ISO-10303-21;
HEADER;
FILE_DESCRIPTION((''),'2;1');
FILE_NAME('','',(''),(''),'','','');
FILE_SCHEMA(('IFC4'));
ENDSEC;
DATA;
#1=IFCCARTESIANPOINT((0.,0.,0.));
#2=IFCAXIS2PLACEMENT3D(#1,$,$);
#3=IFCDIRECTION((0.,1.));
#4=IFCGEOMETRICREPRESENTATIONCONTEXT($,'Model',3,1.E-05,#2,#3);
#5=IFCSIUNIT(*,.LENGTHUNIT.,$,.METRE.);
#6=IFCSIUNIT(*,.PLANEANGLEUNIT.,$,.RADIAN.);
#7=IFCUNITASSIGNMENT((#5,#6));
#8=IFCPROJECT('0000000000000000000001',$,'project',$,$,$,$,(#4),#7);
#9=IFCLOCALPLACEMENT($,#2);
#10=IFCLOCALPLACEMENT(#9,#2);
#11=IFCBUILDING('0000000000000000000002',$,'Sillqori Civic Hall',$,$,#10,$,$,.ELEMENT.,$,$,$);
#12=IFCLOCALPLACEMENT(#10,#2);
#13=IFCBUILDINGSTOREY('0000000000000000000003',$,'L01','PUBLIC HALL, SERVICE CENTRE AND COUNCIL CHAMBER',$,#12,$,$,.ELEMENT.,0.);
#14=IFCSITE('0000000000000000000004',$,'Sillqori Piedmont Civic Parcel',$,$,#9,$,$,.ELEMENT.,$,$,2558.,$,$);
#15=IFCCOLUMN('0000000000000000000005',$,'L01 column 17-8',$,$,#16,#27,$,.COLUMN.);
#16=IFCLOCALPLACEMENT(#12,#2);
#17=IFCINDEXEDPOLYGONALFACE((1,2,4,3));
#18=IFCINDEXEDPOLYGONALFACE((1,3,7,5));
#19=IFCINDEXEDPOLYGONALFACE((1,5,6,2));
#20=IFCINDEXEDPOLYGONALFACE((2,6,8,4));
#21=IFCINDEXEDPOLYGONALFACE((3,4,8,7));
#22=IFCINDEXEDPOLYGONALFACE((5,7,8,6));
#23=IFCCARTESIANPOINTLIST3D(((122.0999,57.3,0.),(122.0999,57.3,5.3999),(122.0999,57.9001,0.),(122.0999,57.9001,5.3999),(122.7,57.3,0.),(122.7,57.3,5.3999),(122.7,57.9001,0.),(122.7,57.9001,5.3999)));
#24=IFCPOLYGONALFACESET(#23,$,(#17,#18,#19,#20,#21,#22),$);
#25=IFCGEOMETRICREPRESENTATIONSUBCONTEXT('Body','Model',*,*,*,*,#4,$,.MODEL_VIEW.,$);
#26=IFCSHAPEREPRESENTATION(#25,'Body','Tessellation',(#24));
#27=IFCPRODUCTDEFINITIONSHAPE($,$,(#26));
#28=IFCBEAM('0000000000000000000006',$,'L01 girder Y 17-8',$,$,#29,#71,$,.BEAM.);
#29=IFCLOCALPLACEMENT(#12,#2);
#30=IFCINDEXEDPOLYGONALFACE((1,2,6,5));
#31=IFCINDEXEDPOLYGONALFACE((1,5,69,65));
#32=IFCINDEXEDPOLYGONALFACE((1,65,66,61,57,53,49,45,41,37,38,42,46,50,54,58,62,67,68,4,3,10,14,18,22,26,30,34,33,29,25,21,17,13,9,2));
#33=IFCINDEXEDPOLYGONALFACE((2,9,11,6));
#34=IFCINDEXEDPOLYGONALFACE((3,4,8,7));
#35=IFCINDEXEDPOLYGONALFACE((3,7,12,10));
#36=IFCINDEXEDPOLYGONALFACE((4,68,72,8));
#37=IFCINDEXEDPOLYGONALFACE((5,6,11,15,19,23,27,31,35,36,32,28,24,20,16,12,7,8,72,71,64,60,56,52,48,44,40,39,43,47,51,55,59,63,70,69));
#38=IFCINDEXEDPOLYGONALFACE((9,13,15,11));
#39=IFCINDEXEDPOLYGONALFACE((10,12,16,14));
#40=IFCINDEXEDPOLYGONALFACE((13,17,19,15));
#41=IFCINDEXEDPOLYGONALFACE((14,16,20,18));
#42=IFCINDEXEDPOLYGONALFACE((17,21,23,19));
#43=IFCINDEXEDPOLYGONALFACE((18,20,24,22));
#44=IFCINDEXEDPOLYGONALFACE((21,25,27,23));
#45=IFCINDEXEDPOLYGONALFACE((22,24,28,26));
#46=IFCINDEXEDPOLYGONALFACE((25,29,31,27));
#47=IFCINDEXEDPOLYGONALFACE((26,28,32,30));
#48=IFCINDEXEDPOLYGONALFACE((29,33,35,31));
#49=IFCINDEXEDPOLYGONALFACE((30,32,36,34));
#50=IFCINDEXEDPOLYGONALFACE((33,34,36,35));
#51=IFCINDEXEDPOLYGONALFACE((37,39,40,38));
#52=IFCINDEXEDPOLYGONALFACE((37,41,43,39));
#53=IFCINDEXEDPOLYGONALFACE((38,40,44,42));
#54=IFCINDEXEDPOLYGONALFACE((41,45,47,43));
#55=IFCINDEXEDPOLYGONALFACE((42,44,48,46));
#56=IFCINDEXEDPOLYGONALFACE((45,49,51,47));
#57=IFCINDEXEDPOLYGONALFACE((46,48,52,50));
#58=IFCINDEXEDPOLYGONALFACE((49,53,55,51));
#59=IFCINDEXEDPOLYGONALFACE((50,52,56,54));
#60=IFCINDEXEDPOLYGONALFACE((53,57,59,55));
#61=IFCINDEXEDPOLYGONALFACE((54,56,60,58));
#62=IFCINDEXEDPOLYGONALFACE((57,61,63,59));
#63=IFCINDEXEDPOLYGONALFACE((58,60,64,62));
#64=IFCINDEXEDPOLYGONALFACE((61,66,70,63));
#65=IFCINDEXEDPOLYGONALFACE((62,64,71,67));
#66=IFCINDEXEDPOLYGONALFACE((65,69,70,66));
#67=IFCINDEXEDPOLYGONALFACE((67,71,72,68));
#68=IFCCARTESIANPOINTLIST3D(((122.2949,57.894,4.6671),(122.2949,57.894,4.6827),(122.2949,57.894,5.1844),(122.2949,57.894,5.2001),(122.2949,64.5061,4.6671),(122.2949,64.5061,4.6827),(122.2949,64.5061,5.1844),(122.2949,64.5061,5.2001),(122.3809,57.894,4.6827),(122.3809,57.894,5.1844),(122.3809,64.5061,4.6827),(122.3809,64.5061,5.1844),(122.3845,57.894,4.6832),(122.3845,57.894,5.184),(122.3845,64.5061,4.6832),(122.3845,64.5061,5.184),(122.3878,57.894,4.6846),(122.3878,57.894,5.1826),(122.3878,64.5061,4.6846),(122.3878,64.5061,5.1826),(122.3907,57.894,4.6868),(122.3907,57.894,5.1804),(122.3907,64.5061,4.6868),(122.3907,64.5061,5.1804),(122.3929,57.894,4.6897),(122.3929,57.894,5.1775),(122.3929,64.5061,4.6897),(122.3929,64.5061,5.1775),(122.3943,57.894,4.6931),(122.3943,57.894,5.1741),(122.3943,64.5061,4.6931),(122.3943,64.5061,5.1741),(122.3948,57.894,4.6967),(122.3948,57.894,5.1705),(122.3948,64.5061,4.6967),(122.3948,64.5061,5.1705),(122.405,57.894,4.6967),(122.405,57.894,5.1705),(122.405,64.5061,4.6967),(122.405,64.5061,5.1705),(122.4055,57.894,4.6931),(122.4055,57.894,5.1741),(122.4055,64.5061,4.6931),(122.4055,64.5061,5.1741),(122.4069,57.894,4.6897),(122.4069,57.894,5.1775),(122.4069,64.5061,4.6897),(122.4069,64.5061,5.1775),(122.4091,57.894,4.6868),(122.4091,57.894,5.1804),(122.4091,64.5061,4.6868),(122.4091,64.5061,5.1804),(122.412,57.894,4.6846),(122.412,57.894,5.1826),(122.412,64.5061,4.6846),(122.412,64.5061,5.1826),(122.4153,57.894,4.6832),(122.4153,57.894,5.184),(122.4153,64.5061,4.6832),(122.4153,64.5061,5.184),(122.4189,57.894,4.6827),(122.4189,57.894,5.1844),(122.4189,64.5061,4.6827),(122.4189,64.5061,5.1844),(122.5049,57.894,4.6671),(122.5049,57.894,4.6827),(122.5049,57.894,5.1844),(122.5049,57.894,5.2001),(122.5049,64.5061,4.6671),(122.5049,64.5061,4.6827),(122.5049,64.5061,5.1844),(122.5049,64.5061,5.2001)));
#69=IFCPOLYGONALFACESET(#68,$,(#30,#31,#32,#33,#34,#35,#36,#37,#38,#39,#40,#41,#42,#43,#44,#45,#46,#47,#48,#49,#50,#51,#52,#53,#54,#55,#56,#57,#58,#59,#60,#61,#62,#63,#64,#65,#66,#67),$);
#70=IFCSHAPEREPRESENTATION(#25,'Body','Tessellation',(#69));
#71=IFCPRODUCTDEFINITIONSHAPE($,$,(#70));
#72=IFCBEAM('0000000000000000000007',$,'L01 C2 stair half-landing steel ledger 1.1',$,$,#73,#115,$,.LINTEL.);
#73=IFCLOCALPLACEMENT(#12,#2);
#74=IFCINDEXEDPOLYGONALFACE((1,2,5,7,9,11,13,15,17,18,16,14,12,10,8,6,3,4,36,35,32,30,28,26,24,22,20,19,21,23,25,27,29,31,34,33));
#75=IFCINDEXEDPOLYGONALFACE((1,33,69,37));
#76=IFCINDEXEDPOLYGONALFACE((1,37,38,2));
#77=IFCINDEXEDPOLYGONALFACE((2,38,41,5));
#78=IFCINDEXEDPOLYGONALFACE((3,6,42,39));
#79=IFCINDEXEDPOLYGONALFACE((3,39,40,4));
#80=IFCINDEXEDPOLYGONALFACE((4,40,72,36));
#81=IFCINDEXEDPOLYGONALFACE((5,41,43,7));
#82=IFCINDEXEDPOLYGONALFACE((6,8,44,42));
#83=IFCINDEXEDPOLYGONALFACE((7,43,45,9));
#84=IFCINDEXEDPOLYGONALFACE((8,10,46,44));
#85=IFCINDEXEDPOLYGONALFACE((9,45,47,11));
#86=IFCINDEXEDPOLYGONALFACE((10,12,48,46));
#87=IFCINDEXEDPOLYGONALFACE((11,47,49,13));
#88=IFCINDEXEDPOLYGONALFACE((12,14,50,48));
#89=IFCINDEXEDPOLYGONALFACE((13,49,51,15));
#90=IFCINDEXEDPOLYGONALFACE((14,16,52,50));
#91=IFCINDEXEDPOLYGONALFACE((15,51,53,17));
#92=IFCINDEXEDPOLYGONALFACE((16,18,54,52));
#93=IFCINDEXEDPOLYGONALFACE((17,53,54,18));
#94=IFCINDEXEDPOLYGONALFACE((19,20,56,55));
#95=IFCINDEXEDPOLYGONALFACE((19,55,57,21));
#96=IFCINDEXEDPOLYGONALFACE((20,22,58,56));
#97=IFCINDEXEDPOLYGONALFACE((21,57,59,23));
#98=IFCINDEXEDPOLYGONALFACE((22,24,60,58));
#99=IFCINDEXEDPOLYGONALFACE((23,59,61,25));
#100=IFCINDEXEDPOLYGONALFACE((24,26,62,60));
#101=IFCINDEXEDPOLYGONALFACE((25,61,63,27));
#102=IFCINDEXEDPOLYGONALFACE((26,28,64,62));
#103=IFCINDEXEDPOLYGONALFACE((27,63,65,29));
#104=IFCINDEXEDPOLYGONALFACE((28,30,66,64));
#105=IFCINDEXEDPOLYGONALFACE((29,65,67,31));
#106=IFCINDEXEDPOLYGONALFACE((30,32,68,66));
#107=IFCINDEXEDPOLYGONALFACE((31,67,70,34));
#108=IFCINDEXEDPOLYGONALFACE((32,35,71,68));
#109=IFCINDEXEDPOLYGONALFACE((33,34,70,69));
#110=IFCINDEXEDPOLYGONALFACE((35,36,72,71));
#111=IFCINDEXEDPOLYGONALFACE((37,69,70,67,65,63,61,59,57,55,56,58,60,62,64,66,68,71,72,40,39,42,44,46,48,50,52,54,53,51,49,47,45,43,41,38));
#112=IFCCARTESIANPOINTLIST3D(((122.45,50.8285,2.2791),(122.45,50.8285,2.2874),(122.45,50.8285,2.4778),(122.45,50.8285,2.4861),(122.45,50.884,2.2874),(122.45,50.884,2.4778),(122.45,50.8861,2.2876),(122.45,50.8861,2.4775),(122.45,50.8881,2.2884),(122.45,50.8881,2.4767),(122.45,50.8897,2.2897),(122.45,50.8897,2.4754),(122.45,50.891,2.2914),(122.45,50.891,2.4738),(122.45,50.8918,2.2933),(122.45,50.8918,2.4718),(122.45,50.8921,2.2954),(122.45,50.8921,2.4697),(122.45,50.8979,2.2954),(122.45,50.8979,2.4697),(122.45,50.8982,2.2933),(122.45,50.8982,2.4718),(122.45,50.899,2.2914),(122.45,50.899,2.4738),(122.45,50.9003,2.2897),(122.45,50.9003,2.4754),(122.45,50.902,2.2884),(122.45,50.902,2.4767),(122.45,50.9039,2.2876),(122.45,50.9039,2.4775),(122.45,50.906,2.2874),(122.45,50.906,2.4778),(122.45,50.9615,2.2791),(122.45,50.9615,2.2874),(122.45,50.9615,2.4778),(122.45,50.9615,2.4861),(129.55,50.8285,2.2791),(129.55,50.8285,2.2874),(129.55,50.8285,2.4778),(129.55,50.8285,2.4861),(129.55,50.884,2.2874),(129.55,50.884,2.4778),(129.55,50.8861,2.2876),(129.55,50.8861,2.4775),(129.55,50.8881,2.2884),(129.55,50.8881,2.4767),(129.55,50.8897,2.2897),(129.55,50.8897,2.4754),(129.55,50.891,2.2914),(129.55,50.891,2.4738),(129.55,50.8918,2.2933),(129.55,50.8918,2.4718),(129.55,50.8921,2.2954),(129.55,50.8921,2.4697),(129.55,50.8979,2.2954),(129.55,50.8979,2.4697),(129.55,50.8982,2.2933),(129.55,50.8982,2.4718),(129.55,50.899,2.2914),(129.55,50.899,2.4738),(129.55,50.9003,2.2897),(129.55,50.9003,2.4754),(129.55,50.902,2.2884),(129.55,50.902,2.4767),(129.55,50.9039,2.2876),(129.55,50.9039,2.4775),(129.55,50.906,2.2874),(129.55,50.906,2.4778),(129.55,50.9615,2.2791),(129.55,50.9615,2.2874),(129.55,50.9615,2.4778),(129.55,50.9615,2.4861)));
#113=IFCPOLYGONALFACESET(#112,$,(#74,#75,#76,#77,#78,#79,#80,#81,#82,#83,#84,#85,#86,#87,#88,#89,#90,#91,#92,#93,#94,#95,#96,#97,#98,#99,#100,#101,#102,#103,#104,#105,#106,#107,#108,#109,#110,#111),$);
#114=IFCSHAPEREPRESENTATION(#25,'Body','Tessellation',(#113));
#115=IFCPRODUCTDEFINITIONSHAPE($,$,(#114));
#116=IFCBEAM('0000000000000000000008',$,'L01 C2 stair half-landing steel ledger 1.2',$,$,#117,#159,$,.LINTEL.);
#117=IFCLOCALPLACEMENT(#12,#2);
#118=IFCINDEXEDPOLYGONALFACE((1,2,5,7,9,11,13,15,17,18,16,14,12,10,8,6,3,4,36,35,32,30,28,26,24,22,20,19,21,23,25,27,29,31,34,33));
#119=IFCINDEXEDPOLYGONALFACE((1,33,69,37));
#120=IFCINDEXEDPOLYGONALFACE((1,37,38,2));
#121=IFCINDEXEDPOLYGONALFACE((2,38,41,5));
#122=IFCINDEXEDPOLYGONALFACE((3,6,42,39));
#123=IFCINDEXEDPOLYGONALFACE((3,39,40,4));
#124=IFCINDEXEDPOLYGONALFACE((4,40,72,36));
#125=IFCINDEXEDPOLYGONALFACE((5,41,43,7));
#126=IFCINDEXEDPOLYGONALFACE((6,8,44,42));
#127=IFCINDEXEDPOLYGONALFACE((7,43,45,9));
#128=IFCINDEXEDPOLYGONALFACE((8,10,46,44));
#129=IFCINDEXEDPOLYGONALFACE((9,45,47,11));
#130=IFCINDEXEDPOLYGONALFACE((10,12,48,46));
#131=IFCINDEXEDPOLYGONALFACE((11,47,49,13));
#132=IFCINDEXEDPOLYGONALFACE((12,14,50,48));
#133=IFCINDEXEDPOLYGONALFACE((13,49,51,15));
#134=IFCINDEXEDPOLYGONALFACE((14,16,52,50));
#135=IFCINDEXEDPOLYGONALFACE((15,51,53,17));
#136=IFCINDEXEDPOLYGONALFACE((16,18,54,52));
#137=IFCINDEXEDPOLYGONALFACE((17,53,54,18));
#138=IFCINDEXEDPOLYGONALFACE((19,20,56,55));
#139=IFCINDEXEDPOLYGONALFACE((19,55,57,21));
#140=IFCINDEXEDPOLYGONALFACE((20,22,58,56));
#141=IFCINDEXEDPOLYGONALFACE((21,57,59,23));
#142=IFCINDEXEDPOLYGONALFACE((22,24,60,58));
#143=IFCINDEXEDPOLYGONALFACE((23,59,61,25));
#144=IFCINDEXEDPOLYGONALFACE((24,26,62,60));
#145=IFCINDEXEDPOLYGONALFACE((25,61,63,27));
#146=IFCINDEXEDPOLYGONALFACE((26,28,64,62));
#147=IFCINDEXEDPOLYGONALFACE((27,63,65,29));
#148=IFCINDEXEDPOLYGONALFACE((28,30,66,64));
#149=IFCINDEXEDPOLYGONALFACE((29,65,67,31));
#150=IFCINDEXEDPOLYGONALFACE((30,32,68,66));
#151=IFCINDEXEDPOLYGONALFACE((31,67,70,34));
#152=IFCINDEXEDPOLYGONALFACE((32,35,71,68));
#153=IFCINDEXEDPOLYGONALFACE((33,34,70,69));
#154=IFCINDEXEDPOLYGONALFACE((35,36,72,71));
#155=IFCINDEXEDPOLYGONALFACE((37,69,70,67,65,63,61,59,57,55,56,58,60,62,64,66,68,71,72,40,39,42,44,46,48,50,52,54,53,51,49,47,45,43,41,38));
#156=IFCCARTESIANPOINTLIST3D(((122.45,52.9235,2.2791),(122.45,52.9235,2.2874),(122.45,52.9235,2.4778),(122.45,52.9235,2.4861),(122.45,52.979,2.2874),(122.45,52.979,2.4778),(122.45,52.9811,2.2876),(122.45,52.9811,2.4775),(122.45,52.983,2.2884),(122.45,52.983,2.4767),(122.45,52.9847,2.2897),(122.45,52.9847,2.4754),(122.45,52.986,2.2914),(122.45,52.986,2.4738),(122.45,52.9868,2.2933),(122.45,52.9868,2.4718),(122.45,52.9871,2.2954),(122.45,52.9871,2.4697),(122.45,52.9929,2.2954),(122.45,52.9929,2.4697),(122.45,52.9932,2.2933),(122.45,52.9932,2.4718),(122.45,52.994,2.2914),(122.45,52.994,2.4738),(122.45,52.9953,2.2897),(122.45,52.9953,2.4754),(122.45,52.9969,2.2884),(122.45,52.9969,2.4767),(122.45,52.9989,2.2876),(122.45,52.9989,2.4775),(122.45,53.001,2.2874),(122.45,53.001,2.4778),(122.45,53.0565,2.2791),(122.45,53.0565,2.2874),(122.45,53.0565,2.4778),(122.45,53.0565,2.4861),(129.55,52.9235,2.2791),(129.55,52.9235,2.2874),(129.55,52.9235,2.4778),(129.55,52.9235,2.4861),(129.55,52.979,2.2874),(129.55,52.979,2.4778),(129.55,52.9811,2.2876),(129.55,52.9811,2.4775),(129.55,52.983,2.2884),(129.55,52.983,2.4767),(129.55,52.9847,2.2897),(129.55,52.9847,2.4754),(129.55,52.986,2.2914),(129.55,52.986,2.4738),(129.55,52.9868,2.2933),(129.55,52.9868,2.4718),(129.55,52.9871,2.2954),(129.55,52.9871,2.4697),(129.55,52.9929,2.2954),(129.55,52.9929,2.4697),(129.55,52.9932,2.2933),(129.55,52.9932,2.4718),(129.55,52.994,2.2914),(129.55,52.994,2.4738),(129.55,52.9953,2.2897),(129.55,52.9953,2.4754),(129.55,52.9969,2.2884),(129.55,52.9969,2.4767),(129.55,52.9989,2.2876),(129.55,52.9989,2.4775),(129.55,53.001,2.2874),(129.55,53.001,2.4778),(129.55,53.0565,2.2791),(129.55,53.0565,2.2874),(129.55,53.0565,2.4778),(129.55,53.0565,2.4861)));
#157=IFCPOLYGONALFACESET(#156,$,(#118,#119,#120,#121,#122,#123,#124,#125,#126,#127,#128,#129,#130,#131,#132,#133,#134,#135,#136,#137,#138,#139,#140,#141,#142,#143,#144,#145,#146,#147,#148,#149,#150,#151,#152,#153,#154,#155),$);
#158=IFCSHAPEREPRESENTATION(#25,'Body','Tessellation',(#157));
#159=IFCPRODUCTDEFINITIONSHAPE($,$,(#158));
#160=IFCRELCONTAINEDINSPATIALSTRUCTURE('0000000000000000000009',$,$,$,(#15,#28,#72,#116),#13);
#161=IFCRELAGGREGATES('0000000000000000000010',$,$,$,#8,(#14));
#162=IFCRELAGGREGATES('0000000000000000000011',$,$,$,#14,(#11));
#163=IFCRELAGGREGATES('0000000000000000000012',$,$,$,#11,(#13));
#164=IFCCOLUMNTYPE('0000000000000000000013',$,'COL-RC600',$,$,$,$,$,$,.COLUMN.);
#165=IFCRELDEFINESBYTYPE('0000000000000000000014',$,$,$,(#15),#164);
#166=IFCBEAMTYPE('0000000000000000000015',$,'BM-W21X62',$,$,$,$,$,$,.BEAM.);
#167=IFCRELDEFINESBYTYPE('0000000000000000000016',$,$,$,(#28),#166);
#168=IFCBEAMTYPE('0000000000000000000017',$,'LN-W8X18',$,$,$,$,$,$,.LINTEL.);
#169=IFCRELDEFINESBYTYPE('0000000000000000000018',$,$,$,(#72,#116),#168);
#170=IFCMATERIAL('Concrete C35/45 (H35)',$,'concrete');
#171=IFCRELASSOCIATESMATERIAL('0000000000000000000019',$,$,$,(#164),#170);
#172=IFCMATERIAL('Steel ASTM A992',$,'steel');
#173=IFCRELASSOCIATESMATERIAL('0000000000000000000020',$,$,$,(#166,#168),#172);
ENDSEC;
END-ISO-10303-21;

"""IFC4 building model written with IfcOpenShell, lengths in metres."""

from ifc_helpers import new_model, si_unit, direction, frame, origin, origin_2d, place, context, subcontext, project, spatial, rectangle, i_section, extrude, material, material_profile, profile_set, type_object, element, save


model = new_model("IFC4")

# Units and contexts
model_context = context("Model", 3, precision=1e-05, world=origin(), true_north=direction((0.0, 1.0)))
body_context = subcontext(model_context, "Body", "Model", "MODEL_VIEW")
ifc_project = project(units=[si_unit("LENGTHUNIT", "METRE"), si_unit("PLANEANGLEUNIT", "RADIAN")], contexts=[model_context])

# Site, building, storey
site_placement = place(None, origin())
site = spatial("IfcSite", under=ifc_project, at=site_placement, Name="Sillqori Piedmont Civic Parcel", CompositionType="ELEMENT", RefElevation=2558.0)
building_placement = place(site_placement, origin())
building = spatial("IfcBuilding", under=site, at=building_placement, Name="Sillqori Civic Hall", CompositionType="ELEMENT")
storey_placement = place(building_placement, origin())
storey = spatial("IfcBuildingStorey", under=building, at=storey_placement, Name="L01", Description="PUBLIC HALL, SERVICE CENTRE AND COUNCIL CHAMBER", CompositionType="ELEMENT", Elevation=0.0)

# Column
ifc_material_1 = material(Name="Concrete C35/45 (H35)", Category="concrete")
ifc_material_profile_1 = material_profile(ifc_material_1, rectangle(XDim=0.6001, YDim=0.6001, at=origin_2d()), Name="RC 600x600")
ifc_profile_set_1 = profile_set([ifc_material_profile_1], Name="Concrete C35/45 (H35)")
column_type = type_object("IfcColumnType", Name="COL-RC600", PredefinedType="COLUMN", material=ifc_profile_set_1)
column_placement = place(storey_placement, frame((122.3999, 57.6001, 0.0), z_axis=(0.0, 0.0, 1.0), x_axis=(1.0, 0.0, 0.0)))
element("IfcColumn", 1, at=column_placement, inside=storey, type_object=column_type, Name="L01 column 17-8", PredefinedType="COLUMN", context=body_context, shape_type="SweptSolid", body=[
    extrude(rectangle(XDim=0.6001, YDim=0.6001, at=origin_2d()), origin(), (0.0, 0.0, 1.0), 5.3999),
])

# Beams
ifc_material_2 = material(Name="Steel ASTM A992", Category="steel")
ifc_material_profile_2 = material_profile(ifc_material_2, i_section(OverallWidth=0.21, OverallDepth=0.533, WebThickness=0.0103, FlangeThickness=0.0156, FilletRadius=0.0139, at=origin_2d()), Name="W21X62")
ifc_profile_set_2 = profile_set([ifc_material_profile_2], Name="Steel ASTM A992")
beam_type_1 = type_object("IfcBeamType", Name="BM-W21X62", PredefinedType="BEAM", material=ifc_profile_set_2)
beam_placement = place(storey_placement, frame((122.3999, 57.894, 4.9336), z_axis=(0.0, 1.0, 0.0), x_axis=(-1.0, 0.0, 0.0)))
element("IfcBeam", 2, at=beam_placement, inside=storey, type_object=beam_type_1, Name="L01 girder Y 17-8", PredefinedType="BEAM", context=body_context, shape_type="SweptSolid", body=[
    extrude(i_section(OverallWidth=0.21, OverallDepth=0.533, WebThickness=0.0103, FlangeThickness=0.0156, FilletRadius=0.0139, at=origin_2d()), origin(), (0.0, 0.0, 1.0), 6.6121),
])
ifc_material_profile_3 = material_profile(ifc_material_2, i_section(OverallWidth=0.1331, OverallDepth=0.207, WebThickness=0.0059, FlangeThickness=0.0083, FilletRadius=0.0081, at=origin_2d()), Name="W8X18")
ifc_profile_set_3 = profile_set([ifc_material_profile_3], Name="Steel ASTM A992")
beam_type_2 = type_object("IfcBeamType", Name="LN-W8X18", PredefinedType="LINTEL", material=ifc_profile_set_3)
for number, where, z_axis, x_axis, name in (
    (3, (122.45, 50.895, 2.3826), (1.0, 0.0, 0.0), (0.0, 1.0, 0.0), "L01 C2 stair half-landing steel ledger 1.1"),
    (4, (122.45, 52.99, 2.3826), (1.0, 0.0, 0.0), (0.0, 1.0, 0.0), "L01 C2 stair half-landing steel ledger 1.2"),
):
    element("IfcBeam", number, at=place(storey_placement, frame(where, z_axis=z_axis, x_axis=x_axis)), inside=storey, type_object=beam_type_2, Name=name, PredefinedType="LINTEL", context=body_context, shape_type="SweptSolid", body=[
        extrude(i_section(OverallWidth=0.1331, OverallDepth=0.207, WebThickness=0.0059, FlangeThickness=0.0083, FilletRadius=0.0081, at=origin_2d()), origin(), (0.0, 0.0, 1.0), 7.1001),
    ])

save(model, "model.ifc")
